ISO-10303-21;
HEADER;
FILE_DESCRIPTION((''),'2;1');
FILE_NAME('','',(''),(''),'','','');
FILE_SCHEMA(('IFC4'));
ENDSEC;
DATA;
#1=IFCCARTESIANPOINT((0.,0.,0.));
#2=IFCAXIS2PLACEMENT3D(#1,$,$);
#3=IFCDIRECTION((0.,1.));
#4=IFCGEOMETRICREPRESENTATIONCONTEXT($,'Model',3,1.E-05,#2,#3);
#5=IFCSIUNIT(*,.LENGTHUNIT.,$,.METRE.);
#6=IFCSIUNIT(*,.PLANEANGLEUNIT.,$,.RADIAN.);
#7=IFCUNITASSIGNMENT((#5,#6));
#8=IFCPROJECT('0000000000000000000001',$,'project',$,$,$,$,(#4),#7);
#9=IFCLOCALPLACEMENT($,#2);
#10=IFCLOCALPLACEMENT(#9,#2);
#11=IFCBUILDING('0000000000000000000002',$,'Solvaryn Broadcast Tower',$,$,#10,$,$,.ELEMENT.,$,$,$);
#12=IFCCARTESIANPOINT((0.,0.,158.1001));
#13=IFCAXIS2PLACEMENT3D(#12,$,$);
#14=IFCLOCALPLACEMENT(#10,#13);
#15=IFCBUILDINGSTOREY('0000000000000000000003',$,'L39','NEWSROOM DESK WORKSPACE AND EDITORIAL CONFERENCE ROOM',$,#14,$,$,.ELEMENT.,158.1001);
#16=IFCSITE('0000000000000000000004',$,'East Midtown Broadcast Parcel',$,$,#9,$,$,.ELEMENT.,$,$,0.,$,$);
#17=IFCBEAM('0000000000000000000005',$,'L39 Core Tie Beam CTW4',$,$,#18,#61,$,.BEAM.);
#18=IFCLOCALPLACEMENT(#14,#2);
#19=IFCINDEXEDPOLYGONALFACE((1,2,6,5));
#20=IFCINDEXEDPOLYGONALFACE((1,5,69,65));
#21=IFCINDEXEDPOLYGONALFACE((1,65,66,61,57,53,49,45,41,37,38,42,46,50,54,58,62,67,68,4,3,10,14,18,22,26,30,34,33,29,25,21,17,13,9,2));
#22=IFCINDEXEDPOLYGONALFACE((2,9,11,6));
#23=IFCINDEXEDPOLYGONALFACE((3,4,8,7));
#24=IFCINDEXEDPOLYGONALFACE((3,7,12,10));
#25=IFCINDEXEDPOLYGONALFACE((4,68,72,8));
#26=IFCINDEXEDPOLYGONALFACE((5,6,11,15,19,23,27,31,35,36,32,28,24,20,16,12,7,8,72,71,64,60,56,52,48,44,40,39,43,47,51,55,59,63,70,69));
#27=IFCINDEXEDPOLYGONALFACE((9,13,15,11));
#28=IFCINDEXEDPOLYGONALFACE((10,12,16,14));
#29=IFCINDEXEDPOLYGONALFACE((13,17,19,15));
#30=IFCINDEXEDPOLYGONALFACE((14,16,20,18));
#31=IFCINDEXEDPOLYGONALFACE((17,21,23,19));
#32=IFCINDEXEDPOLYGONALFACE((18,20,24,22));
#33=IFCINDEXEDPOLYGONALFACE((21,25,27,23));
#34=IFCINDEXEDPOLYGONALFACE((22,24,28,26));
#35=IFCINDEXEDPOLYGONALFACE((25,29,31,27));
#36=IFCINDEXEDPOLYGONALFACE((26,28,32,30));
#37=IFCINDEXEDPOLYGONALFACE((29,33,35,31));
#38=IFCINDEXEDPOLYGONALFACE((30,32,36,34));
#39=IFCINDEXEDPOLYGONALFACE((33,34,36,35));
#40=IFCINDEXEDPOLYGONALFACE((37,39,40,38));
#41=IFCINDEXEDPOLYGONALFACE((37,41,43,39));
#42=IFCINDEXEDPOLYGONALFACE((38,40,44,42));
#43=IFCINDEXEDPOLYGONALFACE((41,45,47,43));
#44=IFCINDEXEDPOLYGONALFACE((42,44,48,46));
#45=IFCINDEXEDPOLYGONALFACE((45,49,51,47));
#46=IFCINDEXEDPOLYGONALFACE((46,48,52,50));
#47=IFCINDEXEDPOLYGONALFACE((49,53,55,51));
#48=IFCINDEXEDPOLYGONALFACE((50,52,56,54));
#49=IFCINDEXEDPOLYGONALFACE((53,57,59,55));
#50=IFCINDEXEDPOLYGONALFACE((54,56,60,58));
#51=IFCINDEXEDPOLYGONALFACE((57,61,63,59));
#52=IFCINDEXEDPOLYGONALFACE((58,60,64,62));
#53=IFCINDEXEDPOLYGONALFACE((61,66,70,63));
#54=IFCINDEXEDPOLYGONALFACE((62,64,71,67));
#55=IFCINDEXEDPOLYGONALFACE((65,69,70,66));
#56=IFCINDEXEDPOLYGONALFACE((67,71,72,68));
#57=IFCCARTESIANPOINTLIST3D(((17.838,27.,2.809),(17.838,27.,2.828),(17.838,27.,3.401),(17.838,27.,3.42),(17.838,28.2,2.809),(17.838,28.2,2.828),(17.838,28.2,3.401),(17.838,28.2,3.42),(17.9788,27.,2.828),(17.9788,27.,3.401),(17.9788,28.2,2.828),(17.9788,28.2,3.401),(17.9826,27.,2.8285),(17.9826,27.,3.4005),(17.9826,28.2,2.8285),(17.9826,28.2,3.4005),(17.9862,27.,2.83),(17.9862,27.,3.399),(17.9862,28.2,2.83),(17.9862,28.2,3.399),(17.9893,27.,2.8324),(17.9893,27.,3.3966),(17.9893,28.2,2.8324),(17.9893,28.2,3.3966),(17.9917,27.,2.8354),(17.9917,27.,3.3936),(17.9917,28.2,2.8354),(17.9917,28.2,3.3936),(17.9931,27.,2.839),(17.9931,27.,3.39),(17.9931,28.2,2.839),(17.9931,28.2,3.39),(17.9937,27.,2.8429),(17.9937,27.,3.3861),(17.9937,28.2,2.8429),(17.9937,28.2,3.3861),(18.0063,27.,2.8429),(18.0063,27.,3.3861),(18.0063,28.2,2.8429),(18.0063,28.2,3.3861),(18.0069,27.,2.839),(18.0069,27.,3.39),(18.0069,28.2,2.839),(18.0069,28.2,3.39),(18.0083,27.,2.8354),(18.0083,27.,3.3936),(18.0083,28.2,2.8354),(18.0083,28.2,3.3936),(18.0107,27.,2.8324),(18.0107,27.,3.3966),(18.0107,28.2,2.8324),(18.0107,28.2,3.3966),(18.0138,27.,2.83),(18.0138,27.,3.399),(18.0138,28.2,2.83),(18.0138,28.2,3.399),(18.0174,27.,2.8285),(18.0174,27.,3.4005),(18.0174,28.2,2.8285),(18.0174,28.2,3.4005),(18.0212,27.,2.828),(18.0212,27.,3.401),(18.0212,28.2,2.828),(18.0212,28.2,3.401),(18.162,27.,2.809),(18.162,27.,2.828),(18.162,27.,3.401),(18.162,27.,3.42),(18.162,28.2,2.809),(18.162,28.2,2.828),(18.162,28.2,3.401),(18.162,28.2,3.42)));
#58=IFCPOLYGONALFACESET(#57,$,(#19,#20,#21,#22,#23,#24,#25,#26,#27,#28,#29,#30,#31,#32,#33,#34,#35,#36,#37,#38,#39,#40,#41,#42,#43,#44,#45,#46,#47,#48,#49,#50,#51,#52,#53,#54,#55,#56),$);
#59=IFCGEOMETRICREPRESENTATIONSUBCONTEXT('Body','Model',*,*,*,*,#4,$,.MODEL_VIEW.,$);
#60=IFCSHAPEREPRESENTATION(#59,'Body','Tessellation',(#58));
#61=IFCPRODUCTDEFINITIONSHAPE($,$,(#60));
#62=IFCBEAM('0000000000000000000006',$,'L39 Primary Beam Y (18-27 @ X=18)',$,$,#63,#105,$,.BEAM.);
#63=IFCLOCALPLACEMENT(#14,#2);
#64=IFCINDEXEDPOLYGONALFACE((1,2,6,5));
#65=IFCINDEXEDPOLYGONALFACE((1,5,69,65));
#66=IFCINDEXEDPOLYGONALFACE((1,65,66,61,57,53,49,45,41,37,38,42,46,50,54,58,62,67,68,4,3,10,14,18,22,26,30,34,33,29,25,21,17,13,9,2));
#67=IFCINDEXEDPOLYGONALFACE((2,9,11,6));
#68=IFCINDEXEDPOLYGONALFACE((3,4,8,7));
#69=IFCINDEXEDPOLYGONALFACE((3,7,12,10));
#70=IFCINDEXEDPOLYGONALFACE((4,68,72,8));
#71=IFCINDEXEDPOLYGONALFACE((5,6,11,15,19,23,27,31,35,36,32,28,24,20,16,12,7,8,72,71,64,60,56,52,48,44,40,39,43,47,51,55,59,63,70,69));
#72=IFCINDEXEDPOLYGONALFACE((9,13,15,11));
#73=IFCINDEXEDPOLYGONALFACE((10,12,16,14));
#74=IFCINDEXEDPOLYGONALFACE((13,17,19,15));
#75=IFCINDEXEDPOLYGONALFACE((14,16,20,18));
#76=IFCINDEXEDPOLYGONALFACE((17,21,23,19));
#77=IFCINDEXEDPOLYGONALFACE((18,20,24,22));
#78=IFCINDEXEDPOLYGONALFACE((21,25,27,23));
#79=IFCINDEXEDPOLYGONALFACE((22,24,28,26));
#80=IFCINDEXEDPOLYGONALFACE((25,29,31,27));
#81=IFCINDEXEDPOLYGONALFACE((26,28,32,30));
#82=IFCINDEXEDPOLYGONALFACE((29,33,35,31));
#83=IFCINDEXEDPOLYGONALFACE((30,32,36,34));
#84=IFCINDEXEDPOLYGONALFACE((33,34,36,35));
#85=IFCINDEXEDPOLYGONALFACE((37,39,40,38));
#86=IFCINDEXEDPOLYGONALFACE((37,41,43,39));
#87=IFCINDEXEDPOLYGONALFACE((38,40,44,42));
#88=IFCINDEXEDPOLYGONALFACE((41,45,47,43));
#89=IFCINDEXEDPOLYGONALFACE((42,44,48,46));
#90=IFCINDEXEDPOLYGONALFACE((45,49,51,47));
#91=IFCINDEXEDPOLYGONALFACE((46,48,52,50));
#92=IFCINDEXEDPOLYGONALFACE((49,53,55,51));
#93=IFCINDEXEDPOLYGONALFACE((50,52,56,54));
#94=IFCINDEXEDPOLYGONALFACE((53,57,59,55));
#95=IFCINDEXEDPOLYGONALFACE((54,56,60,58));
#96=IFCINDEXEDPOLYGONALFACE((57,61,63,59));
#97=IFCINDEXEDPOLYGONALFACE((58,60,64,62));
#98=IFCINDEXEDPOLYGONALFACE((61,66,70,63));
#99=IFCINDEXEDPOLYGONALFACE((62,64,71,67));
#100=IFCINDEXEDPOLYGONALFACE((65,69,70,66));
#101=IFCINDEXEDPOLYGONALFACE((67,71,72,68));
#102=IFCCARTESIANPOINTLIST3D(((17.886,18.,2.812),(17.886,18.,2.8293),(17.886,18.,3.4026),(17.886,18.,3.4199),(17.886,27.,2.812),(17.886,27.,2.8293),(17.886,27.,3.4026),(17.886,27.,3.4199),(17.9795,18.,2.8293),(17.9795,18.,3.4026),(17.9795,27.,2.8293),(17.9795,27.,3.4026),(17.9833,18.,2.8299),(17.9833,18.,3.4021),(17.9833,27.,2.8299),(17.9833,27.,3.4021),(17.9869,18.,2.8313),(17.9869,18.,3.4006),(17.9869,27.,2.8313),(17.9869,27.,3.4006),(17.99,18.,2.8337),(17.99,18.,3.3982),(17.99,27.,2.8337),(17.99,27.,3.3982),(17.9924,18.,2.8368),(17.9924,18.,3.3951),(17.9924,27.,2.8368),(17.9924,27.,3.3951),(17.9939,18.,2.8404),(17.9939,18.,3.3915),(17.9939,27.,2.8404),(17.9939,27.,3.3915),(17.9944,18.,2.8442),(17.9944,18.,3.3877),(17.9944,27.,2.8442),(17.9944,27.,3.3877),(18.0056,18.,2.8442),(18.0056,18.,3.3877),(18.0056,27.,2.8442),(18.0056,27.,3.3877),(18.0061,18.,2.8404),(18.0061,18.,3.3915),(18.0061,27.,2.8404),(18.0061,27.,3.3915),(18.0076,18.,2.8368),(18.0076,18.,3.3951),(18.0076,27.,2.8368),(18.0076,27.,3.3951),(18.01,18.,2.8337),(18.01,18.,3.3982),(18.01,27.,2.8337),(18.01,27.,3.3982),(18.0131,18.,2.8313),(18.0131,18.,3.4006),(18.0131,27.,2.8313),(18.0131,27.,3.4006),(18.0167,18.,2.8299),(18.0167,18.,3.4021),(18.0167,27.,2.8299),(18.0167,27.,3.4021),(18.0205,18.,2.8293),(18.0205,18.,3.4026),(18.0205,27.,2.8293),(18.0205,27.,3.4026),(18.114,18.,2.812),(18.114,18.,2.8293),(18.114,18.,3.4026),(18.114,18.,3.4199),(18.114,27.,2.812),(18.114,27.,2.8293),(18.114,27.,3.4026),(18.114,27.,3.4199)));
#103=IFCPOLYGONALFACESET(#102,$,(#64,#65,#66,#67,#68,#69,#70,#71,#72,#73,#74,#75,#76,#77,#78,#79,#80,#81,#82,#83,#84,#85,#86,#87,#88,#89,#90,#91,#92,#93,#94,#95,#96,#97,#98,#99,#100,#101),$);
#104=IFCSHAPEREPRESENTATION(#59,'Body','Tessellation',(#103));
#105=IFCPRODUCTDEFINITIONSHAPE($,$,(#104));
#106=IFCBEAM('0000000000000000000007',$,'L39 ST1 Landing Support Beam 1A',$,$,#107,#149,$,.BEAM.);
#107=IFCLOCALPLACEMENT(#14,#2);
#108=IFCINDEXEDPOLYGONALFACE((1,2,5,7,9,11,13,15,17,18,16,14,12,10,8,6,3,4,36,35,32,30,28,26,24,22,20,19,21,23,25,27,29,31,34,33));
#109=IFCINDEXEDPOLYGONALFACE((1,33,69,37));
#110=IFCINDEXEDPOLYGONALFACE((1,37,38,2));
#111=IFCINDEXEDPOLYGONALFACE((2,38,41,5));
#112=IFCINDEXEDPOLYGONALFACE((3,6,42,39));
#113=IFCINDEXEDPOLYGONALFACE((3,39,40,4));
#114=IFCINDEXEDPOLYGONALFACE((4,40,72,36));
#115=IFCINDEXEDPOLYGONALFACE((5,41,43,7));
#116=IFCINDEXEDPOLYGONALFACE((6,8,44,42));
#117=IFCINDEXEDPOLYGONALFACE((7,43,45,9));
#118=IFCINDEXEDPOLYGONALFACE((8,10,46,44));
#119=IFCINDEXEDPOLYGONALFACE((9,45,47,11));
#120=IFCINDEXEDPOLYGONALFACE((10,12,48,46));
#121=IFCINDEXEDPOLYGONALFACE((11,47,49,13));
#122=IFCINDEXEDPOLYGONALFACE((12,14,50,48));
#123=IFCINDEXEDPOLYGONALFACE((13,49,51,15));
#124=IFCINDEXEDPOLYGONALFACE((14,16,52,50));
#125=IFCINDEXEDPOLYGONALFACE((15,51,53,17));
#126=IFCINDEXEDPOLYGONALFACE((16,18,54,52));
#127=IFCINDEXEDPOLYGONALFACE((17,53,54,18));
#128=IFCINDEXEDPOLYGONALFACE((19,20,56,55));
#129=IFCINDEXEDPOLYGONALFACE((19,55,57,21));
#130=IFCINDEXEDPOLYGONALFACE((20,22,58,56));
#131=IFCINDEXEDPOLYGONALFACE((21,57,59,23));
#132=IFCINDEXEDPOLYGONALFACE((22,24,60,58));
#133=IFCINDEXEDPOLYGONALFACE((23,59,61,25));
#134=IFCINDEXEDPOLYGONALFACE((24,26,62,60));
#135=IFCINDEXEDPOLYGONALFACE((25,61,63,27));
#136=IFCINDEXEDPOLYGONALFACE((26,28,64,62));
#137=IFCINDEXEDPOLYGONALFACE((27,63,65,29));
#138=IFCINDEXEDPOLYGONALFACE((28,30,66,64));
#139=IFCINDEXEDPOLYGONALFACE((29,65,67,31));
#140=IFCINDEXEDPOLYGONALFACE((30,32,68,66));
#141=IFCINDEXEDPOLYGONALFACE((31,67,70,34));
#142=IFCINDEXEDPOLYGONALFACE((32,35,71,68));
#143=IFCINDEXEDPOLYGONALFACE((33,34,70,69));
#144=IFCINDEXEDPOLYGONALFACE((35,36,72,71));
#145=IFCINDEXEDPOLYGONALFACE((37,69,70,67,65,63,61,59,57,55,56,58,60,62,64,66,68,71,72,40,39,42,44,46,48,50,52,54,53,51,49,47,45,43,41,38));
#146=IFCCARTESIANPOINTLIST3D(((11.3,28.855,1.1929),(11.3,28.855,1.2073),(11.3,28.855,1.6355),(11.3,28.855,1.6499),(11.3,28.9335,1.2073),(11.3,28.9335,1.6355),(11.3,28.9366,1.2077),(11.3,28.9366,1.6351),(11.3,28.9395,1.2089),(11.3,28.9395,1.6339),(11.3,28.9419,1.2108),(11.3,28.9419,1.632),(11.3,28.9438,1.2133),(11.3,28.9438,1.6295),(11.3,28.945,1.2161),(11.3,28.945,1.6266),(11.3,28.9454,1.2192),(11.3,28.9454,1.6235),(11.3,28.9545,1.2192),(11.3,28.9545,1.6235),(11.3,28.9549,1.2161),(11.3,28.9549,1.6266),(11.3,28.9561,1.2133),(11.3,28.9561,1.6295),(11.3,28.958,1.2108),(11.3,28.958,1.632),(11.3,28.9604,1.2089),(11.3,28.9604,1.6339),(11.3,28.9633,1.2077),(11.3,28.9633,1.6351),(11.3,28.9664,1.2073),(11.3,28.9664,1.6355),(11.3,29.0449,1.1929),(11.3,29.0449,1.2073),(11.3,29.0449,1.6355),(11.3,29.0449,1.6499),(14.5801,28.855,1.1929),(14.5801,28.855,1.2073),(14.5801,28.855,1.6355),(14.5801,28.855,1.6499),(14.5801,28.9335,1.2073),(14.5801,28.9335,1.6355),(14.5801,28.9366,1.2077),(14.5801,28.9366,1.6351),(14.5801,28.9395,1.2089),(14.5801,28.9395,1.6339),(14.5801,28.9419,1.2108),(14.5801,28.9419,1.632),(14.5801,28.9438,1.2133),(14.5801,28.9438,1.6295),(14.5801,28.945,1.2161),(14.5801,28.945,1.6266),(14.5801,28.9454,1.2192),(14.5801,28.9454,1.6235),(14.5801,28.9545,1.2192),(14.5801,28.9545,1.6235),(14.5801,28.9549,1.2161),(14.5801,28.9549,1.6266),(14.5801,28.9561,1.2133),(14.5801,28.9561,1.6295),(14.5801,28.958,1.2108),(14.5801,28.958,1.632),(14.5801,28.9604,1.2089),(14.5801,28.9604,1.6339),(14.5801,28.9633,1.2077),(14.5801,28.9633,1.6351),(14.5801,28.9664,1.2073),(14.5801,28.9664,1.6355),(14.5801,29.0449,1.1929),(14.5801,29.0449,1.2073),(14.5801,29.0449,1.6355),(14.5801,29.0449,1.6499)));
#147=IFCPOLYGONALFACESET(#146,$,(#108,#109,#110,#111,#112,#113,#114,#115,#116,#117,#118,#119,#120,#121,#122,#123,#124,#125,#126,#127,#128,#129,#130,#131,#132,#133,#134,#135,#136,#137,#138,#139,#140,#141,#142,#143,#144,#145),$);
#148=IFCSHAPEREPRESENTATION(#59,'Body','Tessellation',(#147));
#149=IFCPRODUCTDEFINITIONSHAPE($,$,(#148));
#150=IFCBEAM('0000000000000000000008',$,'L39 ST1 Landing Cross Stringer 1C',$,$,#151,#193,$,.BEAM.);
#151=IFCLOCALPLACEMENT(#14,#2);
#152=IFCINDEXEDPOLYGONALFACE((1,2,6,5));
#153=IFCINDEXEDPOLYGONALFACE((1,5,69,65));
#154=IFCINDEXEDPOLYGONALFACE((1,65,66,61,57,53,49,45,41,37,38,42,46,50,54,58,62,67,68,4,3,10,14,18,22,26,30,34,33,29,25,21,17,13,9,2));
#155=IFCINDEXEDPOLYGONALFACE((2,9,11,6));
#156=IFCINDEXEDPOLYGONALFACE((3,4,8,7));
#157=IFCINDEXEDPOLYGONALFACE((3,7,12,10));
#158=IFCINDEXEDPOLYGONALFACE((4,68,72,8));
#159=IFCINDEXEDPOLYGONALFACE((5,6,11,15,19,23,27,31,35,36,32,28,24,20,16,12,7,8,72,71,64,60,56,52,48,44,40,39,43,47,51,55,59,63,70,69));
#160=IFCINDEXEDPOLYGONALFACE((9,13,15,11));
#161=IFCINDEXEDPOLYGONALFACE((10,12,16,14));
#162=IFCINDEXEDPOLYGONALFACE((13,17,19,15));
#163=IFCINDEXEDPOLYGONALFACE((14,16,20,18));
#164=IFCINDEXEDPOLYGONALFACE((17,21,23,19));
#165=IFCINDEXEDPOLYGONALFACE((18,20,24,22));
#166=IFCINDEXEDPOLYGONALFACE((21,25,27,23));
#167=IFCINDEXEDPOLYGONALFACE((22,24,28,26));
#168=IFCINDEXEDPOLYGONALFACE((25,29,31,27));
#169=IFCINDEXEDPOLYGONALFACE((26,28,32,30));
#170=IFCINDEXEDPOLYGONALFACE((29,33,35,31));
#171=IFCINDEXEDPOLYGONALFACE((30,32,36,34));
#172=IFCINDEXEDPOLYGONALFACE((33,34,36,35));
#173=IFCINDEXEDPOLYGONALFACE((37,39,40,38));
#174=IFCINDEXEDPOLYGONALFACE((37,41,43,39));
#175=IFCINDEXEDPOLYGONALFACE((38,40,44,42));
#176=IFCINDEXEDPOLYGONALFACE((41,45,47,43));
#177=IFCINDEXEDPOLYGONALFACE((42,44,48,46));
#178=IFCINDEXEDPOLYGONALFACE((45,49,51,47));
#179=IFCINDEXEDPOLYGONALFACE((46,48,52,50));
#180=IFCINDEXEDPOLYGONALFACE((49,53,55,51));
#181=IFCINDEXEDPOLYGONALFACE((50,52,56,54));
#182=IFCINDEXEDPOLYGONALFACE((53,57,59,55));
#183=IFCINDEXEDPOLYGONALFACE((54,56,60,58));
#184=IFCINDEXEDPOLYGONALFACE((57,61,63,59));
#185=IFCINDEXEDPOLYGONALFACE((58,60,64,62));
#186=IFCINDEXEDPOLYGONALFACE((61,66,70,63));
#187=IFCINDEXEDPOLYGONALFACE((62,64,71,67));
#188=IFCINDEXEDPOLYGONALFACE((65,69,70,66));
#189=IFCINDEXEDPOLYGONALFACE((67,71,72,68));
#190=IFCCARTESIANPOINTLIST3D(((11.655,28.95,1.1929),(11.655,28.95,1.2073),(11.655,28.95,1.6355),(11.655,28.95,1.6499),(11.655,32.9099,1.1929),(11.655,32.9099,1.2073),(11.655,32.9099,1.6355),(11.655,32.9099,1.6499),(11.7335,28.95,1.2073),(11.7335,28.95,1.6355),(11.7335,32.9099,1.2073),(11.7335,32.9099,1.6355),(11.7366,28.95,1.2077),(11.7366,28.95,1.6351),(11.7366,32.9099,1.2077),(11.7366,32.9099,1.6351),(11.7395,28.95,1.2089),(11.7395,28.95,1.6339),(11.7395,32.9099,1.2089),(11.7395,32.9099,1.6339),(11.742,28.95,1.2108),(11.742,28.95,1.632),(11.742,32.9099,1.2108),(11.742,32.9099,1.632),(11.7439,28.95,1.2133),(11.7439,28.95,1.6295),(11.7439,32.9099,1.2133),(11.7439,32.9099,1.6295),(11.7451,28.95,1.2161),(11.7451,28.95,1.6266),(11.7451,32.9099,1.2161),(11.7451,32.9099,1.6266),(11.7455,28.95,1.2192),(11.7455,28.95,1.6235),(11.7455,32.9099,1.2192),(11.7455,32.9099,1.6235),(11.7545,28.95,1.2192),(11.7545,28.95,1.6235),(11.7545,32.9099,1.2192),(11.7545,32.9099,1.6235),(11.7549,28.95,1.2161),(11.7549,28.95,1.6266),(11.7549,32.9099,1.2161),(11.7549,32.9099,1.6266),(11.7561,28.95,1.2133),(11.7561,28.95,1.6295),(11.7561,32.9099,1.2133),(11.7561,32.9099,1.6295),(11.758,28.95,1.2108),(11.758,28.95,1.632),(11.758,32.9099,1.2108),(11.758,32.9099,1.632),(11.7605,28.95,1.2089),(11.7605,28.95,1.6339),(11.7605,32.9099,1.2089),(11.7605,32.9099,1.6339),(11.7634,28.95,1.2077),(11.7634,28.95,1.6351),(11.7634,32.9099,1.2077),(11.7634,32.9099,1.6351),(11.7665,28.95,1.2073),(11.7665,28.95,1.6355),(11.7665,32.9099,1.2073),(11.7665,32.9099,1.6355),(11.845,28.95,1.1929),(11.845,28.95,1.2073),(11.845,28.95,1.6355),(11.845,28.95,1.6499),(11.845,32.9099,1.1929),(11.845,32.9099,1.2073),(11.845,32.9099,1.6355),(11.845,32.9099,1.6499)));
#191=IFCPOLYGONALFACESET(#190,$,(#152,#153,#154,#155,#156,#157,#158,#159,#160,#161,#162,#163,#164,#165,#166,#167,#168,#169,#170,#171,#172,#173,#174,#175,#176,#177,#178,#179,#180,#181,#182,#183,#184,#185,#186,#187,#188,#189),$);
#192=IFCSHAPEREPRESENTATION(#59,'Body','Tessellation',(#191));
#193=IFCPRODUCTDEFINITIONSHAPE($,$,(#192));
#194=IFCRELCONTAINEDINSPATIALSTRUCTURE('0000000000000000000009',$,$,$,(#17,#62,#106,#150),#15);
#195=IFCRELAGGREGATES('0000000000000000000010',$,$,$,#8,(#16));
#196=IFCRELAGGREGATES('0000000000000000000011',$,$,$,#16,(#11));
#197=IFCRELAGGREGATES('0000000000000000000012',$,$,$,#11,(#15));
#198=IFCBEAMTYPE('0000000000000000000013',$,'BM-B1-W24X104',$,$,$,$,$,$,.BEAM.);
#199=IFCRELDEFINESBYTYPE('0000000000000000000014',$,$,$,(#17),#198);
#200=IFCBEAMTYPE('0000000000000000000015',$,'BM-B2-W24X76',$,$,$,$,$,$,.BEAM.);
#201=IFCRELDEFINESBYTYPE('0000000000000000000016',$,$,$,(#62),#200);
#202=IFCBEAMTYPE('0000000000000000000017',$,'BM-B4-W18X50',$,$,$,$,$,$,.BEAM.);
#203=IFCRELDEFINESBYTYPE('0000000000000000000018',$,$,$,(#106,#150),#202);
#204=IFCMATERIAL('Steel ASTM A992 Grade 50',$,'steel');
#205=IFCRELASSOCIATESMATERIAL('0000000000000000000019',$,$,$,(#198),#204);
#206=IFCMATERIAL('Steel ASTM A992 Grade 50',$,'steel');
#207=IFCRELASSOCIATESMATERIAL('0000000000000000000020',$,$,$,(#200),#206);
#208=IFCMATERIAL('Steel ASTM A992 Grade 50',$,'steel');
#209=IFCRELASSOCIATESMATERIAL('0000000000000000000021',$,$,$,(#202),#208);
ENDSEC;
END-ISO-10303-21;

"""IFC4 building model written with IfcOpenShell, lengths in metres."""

from ifc_helpers import new_model, si_unit, direction, frame, origin, origin_2d, place, context, subcontext, project, spatial, i_section, extrude, material, material_profile, profile_set, type_object, element, save


model = new_model("IFC4")

# Units and contexts
model_context = context("Model", 3, precision=1e-05, world=origin(), true_north=direction((0.0, 1.0)))
body_context = subcontext(model_context, "Body", "Model", "MODEL_VIEW")
ifc_project = project(units=[si_unit("LENGTHUNIT", "METRE"), si_unit("PLANEANGLEUNIT", "RADIAN")], contexts=[model_context])

# Site, building, storey
site_placement = place(None, origin())
site = spatial("IfcSite", under=ifc_project, at=site_placement, Name="East Midtown Broadcast Parcel", CompositionType="ELEMENT", RefElevation=0.0)
building_placement = place(site_placement, origin())
building = spatial("IfcBuilding", under=site, at=building_placement, Name="Solvaryn Broadcast Tower", CompositionType="ELEMENT")
storey_placement = place(building_placement, frame((0.0, 0.0, 158.1001)))
storey = spatial("IfcBuildingStorey", under=building, at=storey_placement, Name="L39", Description="NEWSROOM DESK WORKSPACE AND EDITORIAL CONFERENCE ROOM", CompositionType="ELEMENT", Elevation=158.1001)

# Beams
ifc_material_1 = material(Name="Steel ASTM A992 Grade 50", Category="steel")
ifc_material_profile_1 = material_profile(ifc_material_1, i_section(OverallWidth=0.324, OverallDepth=0.6111, WebThickness=0.0127, FlangeThickness=0.019, FilletRadius=0.0149, at=origin_2d()))
ifc_profile_set_1 = profile_set([ifc_material_profile_1], Name="Steel ASTM A992 Grade 50")
beam_type_1 = type_object("IfcBeamType", Name="BM-B1-W24X104", PredefinedType="BEAM", material=ifc_profile_set_1)
beam_1_placement = place(storey_placement, frame((18.0, 27.0, 3.1145), z_axis=(0.0, 1.0, 0.0), x_axis=(-1.0, 0.0, 0.0)))
element("IfcBeam", 1, at=beam_1_placement, inside=storey, type_object=beam_type_1, Name="L39 Core Tie Beam CTW4", PredefinedType="BEAM", context=body_context, shape_type="SweptSolid", body=[
    extrude(i_section(OverallWidth=0.324, OverallDepth=0.6111, WebThickness=0.0127, FlangeThickness=0.019, FilletRadius=0.0149, at=origin_2d()), origin(), (0.0, 0.0, 1.0), 1.2),
])
ifc_material_2 = material(Name="Steel ASTM A992 Grade 50", Category="steel")
ifc_material_profile_2 = material_profile(ifc_material_2, i_section(OverallWidth=0.228, OverallDepth=0.6079, WebThickness=0.0112, FlangeThickness=0.0173, FilletRadius=0.0149, at=origin_2d()))
ifc_profile_set_2 = profile_set([ifc_material_profile_2], Name="Steel ASTM A992 Grade 50")
beam_type_2 = type_object("IfcBeamType", Name="BM-B2-W24X76", PredefinedType="BEAM", material=ifc_profile_set_2)
beam_2_placement = place(storey_placement, frame((18.0, 18.0, 3.116), z_axis=(0.0, 1.0, 0.0), x_axis=(-1.0, 0.0, 0.0)))
element("IfcBeam", 2, at=beam_2_placement, inside=storey, type_object=beam_type_2, Name="L39 Primary Beam Y (18-27 @ X=18)", PredefinedType="BEAM", context=body_context, shape_type="SweptSolid", body=[
    extrude(i_section(OverallWidth=0.228, OverallDepth=0.6079, WebThickness=0.0112, FlangeThickness=0.0173, FilletRadius=0.0149, at=origin_2d()), origin(), (0.0, 0.0, 1.0), 9.0),
])
ifc_material_3 = material(Name="Steel ASTM A992 Grade 50", Category="steel")
ifc_material_profile_3 = material_profile(ifc_material_3, i_section(OverallWidth=0.1899, OverallDepth=0.457, WebThickness=0.009, FlangeThickness=0.0144, FilletRadius=0.012, at=origin_2d()))
ifc_profile_set_3 = profile_set([ifc_material_profile_3], Name="Steel ASTM A992 Grade 50")
beam_type_3 = type_object("IfcBeamType", Name="BM-B4-W18X50", PredefinedType="BEAM", material=ifc_profile_set_3)
beam_3_placement = place(storey_placement, frame((11.3, 28.95, 1.4214), z_axis=(1.0, 0.0, 0.0), x_axis=(0.0, 1.0, 0.0)))
element("IfcBeam", 3, at=beam_3_placement, inside=storey, type_object=beam_type_3, Name="L39 ST1 Landing Support Beam 1A", PredefinedType="BEAM", context=body_context, shape_type="SweptSolid", body=[
    extrude(i_section(OverallWidth=0.1899, OverallDepth=0.457, WebThickness=0.009, FlangeThickness=0.0144, FilletRadius=0.012, at=origin_2d()), origin(), (0.0, 0.0, 1.0), 3.28),
])
beam_4_placement = place(storey_placement, frame((11.75, 28.95, 1.4214), z_axis=(0.0, 1.0, 0.0), x_axis=(-1.0, 0.0, 0.0)))
element("IfcBeam", 4, at=beam_4_placement, inside=storey, type_object=beam_type_3, Name="L39 ST1 Landing Cross Stringer 1C", PredefinedType="BEAM", context=body_context, shape_type="SweptSolid", body=[
    extrude(i_section(OverallWidth=0.1899, OverallDepth=0.457, WebThickness=0.009, FlangeThickness=0.0144, FilletRadius=0.012, at=origin_2d()), origin(), (0.0, 0.0, 1.0), 3.96),
])

save(model, "model.ifc")
